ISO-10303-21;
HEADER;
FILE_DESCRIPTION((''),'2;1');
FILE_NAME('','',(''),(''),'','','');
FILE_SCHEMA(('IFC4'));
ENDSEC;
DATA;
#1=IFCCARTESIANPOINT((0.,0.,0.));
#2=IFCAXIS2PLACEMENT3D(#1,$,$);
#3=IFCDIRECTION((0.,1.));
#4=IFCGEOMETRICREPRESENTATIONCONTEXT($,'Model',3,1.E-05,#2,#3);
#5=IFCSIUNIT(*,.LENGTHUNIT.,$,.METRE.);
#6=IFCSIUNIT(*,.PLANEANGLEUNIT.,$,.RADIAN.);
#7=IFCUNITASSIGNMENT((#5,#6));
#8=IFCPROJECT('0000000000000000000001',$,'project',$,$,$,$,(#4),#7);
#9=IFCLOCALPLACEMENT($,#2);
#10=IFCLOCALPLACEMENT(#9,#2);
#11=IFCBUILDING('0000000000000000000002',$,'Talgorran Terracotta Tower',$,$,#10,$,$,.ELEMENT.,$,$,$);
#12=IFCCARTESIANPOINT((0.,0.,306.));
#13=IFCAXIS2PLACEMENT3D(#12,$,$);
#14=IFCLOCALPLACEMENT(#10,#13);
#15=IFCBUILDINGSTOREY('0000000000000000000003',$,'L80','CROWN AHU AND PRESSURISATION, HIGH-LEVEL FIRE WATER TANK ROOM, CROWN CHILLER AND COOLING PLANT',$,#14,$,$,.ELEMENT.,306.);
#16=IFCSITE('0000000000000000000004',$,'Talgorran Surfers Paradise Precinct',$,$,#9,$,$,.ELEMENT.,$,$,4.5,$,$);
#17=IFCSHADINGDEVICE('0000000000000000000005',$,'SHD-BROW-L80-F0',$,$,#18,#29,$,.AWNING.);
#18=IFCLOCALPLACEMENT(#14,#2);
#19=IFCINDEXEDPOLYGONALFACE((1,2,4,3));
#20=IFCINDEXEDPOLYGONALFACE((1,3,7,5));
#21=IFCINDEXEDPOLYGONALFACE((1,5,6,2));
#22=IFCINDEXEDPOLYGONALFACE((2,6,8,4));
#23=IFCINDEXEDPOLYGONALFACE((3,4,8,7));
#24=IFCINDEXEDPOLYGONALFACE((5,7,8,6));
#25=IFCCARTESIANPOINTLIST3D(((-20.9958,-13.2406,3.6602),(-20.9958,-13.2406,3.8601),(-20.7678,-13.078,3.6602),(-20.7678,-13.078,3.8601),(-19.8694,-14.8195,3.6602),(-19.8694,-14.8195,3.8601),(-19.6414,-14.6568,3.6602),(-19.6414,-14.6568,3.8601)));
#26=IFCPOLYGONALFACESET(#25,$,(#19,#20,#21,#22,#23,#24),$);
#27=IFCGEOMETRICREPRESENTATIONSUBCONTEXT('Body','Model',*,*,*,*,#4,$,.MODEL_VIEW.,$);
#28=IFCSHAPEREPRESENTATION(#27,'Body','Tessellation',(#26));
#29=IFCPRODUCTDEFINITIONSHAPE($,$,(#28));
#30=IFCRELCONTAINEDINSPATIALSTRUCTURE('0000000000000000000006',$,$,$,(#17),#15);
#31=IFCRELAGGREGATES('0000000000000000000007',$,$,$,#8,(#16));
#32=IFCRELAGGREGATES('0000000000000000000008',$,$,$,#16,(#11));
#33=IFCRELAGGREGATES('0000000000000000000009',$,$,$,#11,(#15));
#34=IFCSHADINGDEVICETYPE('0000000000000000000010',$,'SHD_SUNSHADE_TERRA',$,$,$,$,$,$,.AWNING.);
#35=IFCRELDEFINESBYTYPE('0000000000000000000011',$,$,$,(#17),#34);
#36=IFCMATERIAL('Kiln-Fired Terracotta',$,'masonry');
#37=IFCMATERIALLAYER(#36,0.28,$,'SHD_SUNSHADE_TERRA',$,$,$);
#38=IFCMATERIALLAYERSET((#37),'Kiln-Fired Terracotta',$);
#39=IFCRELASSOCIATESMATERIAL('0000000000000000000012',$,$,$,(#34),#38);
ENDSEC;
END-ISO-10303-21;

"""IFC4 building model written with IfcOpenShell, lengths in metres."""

from ifc_helpers import new_model, si_unit, direction, frame, origin, origin_2d, place, context, subcontext, project, spatial, rectangle, extrude, source, transform, mapped, material, layer, layer_set, type_object, type_shapes, element, save


model = new_model("IFC4")

# Units and contexts
model_context = context("Model", 3, precision=1e-05, world=origin(), true_north=direction((0.0, 1.0)))
body_context = subcontext(model_context, "Body", "Model", "MODEL_VIEW")
ifc_project = project(units=[si_unit("LENGTHUNIT", "METRE"), si_unit("PLANEANGLEUNIT", "RADIAN")], contexts=[model_context])

# Site, building, storey
site_placement = place(None, origin())
site = spatial("IfcSite", under=ifc_project, at=site_placement, Name="Talgorran Surfers Paradise Precinct", CompositionType="ELEMENT", RefElevation=4.5)
building_placement = place(site_placement, origin())
building = spatial("IfcBuilding", under=site, at=building_placement, Name="Talgorran Terracotta Tower", CompositionType="ELEMENT")
storey_placement = place(building_placement, frame((0.0, 0.0, 306.0)))
storey = spatial("IfcBuildingStorey", under=building, at=storey_placement, Name="L80", Description="CROWN AHU AND PRESSURISATION, HIGH-LEVEL FIRE WATER TANK ROOM, CROWN CHILLER AND COOLING PLANT", CompositionType="ELEMENT", Elevation=306.0)

# Shading device
ifc_material_1 = material(Name="Kiln-Fired Terracotta", Category="masonry")
ifc_layer_1 = layer(ifc_material_1, 0.28, Name="SHD_SUNSHADE_TERRA")
ifc_layer_set_1 = layer_set([ifc_layer_1], Name="Kiln-Fired Terracotta")
shading_device_type = type_object("IfcShadingDeviceType", Name="SHD_SUNSHADE_TERRA", PredefinedType="AWNING", material=ifc_layer_set_1)
shared_shape_1 = source(origin(), body_context, "Body", "SweptSolid", [
    extrude(rectangle(XDim=1.9395, YDim=0.28, at=origin_2d()), origin(), (0.0, 0.0, 1.0), 0.2),
])
type_shapes(shading_device_type, [shared_shape_1])
shading_device_placement = place(storey_placement, frame((-20.3186, -13.9487, 3.6602), z_axis=(0.0, 0.0, 1.0), x_axis=(0.58076, -0.814075, 0.0)))
element("IfcShadingDevice", 1, at=shading_device_placement, inside=storey, type_object=shading_device_type, Name="SHD-BROW-L80-F0", PredefinedType="AWNING", context=body_context, shape_type="MappedRepresentation", body=[
    mapped(shared_shape_1, transform((0.0, 0.0, 0.0), scale=1.0)),
])

save(model, "model.ifc")
